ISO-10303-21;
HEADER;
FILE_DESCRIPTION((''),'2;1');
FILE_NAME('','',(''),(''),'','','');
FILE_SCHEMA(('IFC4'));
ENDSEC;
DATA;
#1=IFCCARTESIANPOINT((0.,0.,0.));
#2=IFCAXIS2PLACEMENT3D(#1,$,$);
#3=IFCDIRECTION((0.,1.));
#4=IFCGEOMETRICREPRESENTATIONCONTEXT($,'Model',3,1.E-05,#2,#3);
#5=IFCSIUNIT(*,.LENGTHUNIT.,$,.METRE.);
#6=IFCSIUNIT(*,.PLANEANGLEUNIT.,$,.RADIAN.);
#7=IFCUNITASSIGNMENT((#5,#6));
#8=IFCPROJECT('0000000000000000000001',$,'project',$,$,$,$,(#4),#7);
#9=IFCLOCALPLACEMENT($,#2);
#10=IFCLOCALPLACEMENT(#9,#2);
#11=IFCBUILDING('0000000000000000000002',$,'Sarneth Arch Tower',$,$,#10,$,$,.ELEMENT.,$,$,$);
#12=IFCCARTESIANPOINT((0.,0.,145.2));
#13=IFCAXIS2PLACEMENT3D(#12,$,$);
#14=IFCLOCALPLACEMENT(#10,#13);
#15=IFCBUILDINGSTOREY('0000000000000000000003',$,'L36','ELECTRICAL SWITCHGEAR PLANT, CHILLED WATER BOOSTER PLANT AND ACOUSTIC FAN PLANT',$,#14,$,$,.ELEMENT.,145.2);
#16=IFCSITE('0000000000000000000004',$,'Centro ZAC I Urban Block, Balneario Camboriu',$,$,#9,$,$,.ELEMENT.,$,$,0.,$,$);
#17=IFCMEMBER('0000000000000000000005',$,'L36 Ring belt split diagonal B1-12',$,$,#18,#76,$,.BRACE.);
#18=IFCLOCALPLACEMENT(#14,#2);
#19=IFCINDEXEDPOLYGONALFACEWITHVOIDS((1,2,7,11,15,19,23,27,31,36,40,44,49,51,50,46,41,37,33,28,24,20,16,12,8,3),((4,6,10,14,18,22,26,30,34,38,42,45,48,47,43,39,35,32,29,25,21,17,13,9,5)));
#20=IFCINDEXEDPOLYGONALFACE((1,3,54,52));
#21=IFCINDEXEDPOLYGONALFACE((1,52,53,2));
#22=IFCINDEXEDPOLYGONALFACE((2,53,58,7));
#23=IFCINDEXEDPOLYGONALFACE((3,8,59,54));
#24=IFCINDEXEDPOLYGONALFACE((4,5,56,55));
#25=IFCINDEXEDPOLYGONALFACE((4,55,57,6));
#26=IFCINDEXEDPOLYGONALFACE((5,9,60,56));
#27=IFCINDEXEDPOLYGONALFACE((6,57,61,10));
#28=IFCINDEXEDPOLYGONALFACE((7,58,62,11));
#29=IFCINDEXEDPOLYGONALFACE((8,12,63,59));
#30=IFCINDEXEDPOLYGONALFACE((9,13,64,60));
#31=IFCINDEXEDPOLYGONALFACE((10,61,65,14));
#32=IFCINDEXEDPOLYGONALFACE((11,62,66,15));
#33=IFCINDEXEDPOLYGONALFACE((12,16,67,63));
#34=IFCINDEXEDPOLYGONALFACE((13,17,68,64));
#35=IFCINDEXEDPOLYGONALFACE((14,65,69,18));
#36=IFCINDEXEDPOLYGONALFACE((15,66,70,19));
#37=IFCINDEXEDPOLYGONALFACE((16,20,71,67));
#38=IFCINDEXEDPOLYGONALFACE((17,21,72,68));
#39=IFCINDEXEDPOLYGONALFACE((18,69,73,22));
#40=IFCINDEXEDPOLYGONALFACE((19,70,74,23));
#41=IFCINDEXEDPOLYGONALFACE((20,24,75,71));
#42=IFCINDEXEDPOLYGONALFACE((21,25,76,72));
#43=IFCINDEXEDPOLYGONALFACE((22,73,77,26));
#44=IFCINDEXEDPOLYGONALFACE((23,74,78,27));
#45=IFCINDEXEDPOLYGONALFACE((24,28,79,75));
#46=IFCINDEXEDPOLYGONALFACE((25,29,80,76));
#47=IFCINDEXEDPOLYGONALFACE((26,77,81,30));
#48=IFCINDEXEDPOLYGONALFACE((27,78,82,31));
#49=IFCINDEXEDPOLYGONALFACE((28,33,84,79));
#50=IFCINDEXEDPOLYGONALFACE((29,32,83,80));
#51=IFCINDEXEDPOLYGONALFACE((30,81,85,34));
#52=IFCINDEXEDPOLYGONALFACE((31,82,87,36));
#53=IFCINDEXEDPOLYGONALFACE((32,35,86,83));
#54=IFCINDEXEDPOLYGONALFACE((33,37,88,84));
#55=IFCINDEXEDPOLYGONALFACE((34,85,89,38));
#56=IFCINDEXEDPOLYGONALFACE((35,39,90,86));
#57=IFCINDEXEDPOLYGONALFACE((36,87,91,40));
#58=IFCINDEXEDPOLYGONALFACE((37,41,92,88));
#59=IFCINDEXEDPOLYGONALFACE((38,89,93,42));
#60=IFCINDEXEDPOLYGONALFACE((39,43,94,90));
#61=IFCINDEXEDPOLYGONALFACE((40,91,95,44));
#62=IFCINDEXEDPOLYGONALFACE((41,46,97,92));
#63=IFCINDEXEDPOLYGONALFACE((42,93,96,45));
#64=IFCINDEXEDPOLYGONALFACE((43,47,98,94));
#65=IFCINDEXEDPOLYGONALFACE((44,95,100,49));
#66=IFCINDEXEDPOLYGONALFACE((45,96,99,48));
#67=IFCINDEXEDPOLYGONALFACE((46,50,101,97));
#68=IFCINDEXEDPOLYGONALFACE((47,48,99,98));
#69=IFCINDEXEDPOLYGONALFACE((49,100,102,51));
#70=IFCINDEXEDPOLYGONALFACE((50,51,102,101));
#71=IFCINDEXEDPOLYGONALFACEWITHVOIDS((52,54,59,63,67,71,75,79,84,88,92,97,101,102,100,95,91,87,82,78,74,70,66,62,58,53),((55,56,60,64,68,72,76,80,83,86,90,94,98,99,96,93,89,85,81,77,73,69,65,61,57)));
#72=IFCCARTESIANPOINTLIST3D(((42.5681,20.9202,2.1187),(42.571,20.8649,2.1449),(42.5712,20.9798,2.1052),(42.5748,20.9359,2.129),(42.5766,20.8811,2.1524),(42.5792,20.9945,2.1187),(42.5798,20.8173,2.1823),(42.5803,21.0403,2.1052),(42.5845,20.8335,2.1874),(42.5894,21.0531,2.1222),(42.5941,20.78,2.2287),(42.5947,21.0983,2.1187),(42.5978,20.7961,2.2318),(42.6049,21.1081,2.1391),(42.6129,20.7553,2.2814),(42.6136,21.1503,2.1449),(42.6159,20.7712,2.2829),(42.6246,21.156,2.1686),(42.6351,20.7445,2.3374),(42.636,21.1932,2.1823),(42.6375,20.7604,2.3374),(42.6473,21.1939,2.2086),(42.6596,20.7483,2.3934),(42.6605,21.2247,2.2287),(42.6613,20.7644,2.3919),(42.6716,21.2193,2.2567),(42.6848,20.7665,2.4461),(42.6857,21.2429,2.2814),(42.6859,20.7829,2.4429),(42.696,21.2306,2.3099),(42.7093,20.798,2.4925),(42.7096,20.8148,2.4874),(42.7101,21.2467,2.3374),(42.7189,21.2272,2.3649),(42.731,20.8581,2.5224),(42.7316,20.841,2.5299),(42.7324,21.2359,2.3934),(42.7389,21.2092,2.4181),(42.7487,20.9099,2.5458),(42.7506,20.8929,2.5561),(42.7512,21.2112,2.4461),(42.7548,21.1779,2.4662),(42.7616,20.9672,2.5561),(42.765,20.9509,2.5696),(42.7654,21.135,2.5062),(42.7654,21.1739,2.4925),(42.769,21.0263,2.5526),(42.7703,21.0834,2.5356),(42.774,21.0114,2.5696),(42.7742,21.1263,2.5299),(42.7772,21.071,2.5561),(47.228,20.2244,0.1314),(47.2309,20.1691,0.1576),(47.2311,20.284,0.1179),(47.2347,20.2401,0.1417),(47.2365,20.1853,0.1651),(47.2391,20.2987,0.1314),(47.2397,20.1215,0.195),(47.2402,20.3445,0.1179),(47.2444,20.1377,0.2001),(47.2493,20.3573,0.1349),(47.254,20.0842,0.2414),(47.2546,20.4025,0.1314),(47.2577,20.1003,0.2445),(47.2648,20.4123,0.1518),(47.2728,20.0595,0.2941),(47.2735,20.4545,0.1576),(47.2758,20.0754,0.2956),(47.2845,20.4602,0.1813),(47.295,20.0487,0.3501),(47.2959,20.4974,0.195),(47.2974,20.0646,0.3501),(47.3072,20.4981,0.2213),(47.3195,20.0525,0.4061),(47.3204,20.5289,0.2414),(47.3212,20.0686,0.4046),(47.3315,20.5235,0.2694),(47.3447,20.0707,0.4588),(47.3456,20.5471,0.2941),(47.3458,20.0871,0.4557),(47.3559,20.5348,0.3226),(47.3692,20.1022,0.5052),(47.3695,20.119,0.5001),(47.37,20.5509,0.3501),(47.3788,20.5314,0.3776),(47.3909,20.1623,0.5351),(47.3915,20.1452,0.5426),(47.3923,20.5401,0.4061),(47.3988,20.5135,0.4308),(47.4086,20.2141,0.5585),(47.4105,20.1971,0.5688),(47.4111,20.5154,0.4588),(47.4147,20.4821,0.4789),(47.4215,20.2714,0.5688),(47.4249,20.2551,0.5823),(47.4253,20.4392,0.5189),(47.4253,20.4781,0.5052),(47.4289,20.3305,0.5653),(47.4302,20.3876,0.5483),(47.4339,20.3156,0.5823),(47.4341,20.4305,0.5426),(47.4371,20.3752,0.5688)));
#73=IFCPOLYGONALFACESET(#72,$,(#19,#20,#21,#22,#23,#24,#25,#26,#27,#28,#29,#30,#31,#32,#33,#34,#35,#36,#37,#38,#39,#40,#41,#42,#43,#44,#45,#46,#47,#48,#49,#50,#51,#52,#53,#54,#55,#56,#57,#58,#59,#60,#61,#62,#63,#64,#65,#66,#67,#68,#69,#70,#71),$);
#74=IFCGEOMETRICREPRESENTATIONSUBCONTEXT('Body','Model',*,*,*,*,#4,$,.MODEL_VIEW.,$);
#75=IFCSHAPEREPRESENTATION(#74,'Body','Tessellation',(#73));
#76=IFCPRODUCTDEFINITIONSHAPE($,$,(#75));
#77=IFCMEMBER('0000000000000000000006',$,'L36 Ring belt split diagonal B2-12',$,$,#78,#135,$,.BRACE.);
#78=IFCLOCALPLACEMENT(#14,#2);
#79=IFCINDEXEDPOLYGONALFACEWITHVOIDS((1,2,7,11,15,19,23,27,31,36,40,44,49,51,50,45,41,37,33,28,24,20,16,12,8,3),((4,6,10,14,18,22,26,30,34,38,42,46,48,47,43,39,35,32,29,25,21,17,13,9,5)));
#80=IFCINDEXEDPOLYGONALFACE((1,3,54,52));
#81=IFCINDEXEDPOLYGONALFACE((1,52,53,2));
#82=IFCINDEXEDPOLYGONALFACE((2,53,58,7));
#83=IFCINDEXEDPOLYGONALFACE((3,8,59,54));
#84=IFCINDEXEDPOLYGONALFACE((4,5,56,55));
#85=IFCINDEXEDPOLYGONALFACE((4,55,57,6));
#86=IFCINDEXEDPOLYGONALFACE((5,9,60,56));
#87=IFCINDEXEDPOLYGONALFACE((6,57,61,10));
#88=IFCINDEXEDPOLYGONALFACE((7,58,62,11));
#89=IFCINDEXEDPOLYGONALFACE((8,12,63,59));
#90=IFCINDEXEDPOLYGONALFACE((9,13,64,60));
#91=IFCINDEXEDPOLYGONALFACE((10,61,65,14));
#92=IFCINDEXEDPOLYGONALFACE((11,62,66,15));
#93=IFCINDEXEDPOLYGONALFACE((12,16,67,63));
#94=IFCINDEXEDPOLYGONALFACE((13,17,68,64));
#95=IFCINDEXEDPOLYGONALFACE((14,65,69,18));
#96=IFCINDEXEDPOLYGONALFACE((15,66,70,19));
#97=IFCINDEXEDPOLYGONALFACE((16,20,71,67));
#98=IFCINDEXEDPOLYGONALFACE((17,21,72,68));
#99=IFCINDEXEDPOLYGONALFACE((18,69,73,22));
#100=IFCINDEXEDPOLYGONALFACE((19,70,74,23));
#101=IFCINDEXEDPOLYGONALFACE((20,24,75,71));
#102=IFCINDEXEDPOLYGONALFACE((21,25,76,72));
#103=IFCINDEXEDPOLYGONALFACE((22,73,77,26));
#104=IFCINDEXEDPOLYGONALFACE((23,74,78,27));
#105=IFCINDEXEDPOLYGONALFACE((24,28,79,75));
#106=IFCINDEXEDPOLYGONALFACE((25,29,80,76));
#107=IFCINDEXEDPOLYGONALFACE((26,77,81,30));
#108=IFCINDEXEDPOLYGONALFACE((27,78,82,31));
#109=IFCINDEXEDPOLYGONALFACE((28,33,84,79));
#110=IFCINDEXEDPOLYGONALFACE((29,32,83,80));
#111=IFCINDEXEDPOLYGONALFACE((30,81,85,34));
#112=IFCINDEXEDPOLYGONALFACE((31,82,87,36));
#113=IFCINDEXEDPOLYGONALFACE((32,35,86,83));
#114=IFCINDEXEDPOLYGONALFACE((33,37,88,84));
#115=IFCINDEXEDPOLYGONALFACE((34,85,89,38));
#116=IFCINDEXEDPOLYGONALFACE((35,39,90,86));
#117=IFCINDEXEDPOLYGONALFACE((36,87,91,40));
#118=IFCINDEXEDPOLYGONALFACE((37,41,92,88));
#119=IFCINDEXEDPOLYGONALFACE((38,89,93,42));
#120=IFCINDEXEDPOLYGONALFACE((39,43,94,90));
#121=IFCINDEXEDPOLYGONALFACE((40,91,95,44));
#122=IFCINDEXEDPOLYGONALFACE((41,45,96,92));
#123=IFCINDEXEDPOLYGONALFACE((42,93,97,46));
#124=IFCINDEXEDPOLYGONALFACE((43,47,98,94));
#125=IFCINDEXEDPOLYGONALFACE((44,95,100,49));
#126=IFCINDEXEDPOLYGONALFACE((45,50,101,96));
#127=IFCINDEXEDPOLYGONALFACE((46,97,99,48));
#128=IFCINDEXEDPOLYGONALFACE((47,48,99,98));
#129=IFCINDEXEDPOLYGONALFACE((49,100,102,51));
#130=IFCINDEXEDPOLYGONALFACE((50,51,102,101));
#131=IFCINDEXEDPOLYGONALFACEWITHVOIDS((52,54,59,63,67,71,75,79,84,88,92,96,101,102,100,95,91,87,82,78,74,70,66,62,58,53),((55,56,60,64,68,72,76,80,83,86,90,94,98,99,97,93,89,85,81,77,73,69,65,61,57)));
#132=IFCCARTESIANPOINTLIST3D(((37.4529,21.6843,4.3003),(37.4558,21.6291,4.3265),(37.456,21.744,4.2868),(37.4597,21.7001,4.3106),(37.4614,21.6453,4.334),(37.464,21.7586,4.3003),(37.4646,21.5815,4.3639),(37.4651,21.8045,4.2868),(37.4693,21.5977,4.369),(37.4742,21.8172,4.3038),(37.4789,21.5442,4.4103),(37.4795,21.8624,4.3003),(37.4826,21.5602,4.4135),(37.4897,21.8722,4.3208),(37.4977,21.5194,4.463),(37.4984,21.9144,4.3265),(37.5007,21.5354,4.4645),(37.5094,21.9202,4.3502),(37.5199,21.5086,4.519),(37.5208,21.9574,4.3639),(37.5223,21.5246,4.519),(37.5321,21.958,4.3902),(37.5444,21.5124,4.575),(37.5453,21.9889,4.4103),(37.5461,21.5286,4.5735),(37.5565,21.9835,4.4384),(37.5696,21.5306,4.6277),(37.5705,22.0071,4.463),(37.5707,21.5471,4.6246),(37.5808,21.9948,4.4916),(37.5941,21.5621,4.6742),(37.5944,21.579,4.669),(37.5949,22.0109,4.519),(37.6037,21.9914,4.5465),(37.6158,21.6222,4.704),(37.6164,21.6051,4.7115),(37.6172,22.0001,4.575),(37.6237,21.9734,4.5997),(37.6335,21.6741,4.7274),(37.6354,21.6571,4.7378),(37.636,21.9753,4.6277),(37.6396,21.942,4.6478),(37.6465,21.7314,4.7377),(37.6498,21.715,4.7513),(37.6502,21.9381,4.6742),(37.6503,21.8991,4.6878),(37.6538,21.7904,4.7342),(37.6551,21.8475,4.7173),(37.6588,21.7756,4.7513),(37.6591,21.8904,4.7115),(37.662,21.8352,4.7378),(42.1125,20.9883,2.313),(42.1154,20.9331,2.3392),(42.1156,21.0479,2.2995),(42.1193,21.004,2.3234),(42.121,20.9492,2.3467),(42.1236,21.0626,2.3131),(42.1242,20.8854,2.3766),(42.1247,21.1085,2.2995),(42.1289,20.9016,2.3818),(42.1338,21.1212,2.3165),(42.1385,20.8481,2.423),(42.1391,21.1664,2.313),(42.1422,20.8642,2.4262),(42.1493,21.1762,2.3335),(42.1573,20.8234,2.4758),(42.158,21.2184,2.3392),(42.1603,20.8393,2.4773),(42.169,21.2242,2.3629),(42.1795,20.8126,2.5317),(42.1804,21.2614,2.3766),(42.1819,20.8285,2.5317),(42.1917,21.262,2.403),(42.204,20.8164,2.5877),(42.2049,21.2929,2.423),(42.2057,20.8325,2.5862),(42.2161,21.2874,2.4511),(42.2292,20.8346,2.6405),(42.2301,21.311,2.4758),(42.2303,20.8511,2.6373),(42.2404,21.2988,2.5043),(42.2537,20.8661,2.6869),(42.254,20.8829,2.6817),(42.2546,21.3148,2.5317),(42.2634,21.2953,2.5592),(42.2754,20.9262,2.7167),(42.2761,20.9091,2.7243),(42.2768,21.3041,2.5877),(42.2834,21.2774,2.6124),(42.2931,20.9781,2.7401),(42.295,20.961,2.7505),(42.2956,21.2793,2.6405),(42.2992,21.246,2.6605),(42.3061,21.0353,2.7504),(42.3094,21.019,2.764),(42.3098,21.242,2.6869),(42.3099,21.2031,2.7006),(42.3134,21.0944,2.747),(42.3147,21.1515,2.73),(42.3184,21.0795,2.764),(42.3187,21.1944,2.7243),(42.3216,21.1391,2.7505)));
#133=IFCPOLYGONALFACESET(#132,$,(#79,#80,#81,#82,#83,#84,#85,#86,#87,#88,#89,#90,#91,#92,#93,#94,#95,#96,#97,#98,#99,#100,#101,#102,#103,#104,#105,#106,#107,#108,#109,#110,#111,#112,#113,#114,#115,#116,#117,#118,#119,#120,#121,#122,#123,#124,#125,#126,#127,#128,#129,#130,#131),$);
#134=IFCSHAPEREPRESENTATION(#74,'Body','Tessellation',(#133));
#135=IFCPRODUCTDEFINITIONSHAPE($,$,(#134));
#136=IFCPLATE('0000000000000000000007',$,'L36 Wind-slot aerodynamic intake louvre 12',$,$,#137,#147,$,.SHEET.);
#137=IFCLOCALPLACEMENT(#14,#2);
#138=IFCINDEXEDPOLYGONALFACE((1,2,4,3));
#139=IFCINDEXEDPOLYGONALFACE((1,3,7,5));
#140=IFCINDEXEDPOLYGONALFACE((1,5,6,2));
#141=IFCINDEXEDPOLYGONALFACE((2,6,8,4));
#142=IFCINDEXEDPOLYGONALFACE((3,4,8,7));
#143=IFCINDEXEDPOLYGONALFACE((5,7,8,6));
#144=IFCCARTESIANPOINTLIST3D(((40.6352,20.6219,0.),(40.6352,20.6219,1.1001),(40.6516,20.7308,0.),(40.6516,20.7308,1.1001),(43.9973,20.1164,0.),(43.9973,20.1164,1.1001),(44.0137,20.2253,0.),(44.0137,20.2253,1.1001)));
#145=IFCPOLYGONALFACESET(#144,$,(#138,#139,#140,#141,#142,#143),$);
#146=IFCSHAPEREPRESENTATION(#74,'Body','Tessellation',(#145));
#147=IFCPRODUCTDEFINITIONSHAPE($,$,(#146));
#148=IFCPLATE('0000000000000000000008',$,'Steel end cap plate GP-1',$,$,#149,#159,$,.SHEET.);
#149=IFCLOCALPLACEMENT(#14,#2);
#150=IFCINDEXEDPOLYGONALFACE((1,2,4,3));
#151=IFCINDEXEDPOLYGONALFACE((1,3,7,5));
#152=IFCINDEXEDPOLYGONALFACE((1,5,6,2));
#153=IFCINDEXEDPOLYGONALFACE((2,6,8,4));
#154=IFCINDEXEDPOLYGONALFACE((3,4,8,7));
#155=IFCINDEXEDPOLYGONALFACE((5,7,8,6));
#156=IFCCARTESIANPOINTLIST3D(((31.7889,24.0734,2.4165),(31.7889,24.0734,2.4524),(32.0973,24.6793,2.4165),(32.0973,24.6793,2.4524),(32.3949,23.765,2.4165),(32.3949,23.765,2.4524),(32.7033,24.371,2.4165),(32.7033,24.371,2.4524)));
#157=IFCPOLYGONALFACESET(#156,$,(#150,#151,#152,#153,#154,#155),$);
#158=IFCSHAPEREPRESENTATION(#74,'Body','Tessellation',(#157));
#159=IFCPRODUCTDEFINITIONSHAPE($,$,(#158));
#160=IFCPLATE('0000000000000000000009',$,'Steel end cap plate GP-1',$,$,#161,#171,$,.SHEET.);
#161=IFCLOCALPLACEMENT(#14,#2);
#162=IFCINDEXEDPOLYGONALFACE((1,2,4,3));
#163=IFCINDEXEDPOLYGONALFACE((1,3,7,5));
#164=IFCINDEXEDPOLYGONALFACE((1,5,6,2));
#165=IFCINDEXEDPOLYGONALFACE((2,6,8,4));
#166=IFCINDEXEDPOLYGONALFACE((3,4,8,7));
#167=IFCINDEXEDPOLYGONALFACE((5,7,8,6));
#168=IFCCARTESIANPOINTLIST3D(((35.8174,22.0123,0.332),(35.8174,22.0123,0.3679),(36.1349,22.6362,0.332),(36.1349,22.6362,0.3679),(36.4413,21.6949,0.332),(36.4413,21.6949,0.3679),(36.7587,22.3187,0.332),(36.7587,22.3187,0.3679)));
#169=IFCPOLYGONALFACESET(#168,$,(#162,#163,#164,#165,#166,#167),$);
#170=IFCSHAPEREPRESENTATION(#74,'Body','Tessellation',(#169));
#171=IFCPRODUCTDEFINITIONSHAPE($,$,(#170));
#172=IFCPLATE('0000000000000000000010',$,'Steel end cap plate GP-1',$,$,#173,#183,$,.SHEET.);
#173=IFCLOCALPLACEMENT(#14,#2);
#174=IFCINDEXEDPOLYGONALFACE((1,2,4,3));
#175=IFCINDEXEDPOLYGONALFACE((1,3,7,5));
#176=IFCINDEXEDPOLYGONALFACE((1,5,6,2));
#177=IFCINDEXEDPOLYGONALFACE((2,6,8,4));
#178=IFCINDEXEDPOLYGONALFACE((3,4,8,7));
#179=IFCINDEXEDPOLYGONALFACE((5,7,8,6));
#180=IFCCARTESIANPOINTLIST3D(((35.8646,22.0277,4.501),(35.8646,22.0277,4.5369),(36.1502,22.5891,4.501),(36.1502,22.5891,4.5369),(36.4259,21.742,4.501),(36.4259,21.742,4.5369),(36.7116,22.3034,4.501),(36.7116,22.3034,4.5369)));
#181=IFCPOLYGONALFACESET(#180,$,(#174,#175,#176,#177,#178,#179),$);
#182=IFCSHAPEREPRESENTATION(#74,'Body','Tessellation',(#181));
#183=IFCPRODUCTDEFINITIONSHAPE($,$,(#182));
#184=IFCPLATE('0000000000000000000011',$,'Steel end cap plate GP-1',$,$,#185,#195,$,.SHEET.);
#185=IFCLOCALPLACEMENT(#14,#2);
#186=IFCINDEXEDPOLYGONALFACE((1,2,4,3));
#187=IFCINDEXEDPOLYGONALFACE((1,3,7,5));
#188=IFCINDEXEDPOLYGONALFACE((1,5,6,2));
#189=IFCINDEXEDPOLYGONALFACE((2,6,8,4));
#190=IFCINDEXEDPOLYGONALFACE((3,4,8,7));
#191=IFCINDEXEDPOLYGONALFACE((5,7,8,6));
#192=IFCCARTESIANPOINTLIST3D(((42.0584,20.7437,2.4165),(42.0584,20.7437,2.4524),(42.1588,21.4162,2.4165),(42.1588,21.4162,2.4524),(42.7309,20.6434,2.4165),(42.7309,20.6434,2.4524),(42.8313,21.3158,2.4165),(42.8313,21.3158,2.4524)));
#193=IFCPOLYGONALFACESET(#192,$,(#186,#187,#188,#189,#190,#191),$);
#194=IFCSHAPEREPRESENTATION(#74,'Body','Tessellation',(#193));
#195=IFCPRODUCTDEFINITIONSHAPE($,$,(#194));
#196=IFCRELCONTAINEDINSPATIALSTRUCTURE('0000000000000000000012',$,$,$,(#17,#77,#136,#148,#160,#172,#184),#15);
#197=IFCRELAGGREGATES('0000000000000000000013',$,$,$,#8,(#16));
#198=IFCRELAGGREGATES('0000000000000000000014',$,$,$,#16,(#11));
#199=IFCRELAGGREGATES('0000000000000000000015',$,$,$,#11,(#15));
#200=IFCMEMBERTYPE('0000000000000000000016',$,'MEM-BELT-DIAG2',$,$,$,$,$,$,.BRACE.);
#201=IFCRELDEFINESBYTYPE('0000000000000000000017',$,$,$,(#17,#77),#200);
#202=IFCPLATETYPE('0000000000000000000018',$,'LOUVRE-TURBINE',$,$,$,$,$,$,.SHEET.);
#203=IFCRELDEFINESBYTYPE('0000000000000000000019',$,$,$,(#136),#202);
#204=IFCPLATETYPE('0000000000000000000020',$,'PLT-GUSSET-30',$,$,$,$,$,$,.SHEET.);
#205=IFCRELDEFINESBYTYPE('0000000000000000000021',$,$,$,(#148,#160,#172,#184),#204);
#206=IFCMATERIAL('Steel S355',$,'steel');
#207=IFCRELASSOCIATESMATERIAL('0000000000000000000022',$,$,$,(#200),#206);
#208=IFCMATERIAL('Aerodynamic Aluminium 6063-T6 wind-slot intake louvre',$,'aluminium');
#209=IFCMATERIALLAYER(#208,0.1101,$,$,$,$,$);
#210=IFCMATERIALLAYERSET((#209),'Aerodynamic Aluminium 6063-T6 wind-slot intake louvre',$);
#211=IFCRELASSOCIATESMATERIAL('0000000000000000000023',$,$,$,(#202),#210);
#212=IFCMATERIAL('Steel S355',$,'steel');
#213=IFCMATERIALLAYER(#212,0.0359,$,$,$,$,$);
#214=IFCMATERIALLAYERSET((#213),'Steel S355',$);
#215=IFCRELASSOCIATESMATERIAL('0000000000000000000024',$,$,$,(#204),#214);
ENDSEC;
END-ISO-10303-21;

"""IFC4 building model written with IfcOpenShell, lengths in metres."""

from ifc_helpers import new_model, si_unit, direction, frame, origin, origin_2d, place, context, subcontext, project, spatial, rectangle, hollow_circle, extrude, material, layer, layer_set, material_profile, profile_set, type_object, element, save


model = new_model("IFC4")

# Units and contexts
model_context = context("Model", 3, precision=1e-05, world=origin(), true_north=direction((0.0, 1.0)))
body_context = subcontext(model_context, "Body", "Model", "MODEL_VIEW")
ifc_project = project(units=[si_unit("LENGTHUNIT", "METRE"), si_unit("PLANEANGLEUNIT", "RADIAN")], contexts=[model_context])

# Site, building, storey
site_placement = place(None, origin())
site = spatial("IfcSite", under=ifc_project, at=site_placement, Name="Centro ZAC I Urban Block, Balneario Camboriu", CompositionType="ELEMENT", RefElevation=0.0)
building_placement = place(site_placement, origin())
building = spatial("IfcBuilding", under=site, at=building_placement, Name="Sarneth Arch Tower", CompositionType="ELEMENT")
storey_placement = place(building_placement, frame((0.0, 0.0, 145.2)))
storey = spatial("IfcBuildingStorey", under=building, at=storey_placement, Name="L36", Description="ELECTRICAL SWITCHGEAR PLANT, CHILLED WATER BOOSTER PLANT AND ACOUSTIC FAN PLANT", CompositionType="ELEMENT", Elevation=145.2)

# Members
ifc_material_1 = material(Name="Steel S355", Category="steel")
ifc_material_profile_1 = material_profile(ifc_material_1, hollow_circle(Radius=0.2539, WallThickness=0.0161, at=origin_2d()), Name="CHS508x16")
ifc_profile_set_1 = profile_set([ifc_material_profile_1], Name="Steel S355")
member_type_1 = type_object("IfcMemberType", Name="MEM-BELT-DIAG2", PredefinedType="BRACE", material=ifc_profile_set_1)
member_1_placement = place(storey_placement, frame((47.3325, 20.2998, 0.3501), z_axis=(-0.911289, 0.13607, 0.388636), x_axis=(-0.147679, -0.989035, 0.0)))
element("IfcMember", 1, at=member_1_placement, inside=storey, type_object=member_type_1, Name="L36 Ring belt split diagonal B1-12", PredefinedType="BRACE", context=body_context, shape_type="SweptSolid", body=[
    extrude(hollow_circle(Radius=0.2539, WallThickness=0.0161, at=origin_2d()), origin(), (0.0, 0.0, 1.0), 5.1135),
])
member_2_placement = place(storey_placement, frame((42.217, 21.0637, 2.5317), z_axis=(-0.911275, 0.136123, 0.38865), x_axis=(-0.147737, -0.989027, 0.0)))
element("IfcMember", 2, at=member_2_placement, inside=storey, type_object=member_type_1, Name="L36 Ring belt split diagonal B2-12", PredefinedType="BRACE", context=body_context, shape_type="SweptSolid", body=[
    extrude(hollow_circle(Radius=0.2539, WallThickness=0.0161, at=origin_2d()), origin(), (0.0, 0.0, 1.0), 5.1133),
])

# Plates
ifc_material_2 = material(Name="Aerodynamic Aluminium 6063-T6 wind-slot intake louvre", Category="aluminium")
ifc_layer_1 = layer(ifc_material_2, 0.1101)
ifc_layer_set_1 = layer_set([ifc_layer_1], Name="Aerodynamic Aluminium 6063-T6 wind-slot intake louvre")
plate_type_1 = type_object("IfcPlateType", Name="LOUVRE-TURBINE", PredefinedType="SHEET", material=ifc_layer_set_1)
plate_1_placement = place(storey_placement, frame((42.3245, 20.4236, 0.0), z_axis=(0.0, 0.0, 1.0), x_axis=(0.988886, -0.148672, 0.0)))
element("IfcPlate", 3, at=plate_1_placement, inside=storey, type_object=plate_type_1, Name="L36 Wind-slot aerodynamic intake louvre 12", PredefinedType="SHEET", context=body_context, shape_type="SweptSolid", body=[
    extrude(rectangle(XDim=3.3999, YDim=0.1101, at=origin_2d()), origin(), (0.0, 0.0, 1.0), 1.1001),
])
ifc_material_3 = material(Name="Steel S355", Category="steel")
ifc_layer_2 = layer(ifc_material_3, 0.0359)
ifc_layer_set_2 = layer_set([ifc_layer_2], Name="Steel S355")
plate_type_2 = type_object("IfcPlateType", Name="PLT-GUSSET-30", PredefinedType="SHEET", material=ifc_layer_set_2)
plate_2_placement = place(storey_placement, frame((32.2461, 24.2222, 2.4165), z_axis=(0.0, 0.0, 1.0), x_axis=(0.891244, -0.453524, 0.0)))
element("IfcPlate", 4, at=plate_2_placement, inside=storey, type_object=plate_type_2, Name="Steel end cap plate GP-1", PredefinedType="SHEET", context=body_context, shape_type="SweptSolid", body=[
    extrude(rectangle(XDim=0.6799, YDim=0.6799, at=origin_2d()), origin(), (0.0, 0.0, 1.0), 0.0359),
])
plate_3_placement = place(storey_placement, frame((36.2881, 22.1655, 0.332), z_axis=(0.0, 0.0, 1.0), x_axis=(0.891244, -0.453524, 0.0)))
element("IfcPlate", 5, at=plate_3_placement, inside=storey, type_object=plate_type_2, Name="Steel end cap plate GP-1", PredefinedType="SHEET", context=body_context, shape_type="SweptSolid", body=[
    extrude(rectangle(XDim=0.7, YDim=0.7, at=origin_2d()), origin(), (0.0, 0.0, 1.0), 0.0359),
])
plate_4_placement = place(storey_placement, frame((36.2881, 22.1655, 4.501), z_axis=(0.0, 0.0, 1.0), x_axis=(0.891244, -0.453524, 0.0)))
element("IfcPlate", 6, at=plate_4_placement, inside=storey, type_object=plate_type_2, Name="Steel end cap plate GP-1", PredefinedType="SHEET", context=body_context, shape_type="SweptSolid", body=[
    extrude(rectangle(XDim=0.6299, YDim=0.6299, at=origin_2d()), origin(), (0.0, 0.0, 1.0), 0.0359),
])
plate_5_placement = place(storey_placement, frame((42.4448, 21.0298, 2.4165), z_axis=(0.0, 0.0, 1.0), x_axis=(0.989042, -0.147637, 0.0)))
element("IfcPlate", 7, at=plate_5_placement, inside=storey, type_object=plate_type_2, Name="Steel end cap plate GP-1", PredefinedType="SHEET", context=body_context, shape_type="SweptSolid", body=[
    extrude(rectangle(XDim=0.6799, YDim=0.6799, at=origin_2d()), origin(), (0.0, 0.0, 1.0), 0.0359),
])

save(model, "model.ifc")
